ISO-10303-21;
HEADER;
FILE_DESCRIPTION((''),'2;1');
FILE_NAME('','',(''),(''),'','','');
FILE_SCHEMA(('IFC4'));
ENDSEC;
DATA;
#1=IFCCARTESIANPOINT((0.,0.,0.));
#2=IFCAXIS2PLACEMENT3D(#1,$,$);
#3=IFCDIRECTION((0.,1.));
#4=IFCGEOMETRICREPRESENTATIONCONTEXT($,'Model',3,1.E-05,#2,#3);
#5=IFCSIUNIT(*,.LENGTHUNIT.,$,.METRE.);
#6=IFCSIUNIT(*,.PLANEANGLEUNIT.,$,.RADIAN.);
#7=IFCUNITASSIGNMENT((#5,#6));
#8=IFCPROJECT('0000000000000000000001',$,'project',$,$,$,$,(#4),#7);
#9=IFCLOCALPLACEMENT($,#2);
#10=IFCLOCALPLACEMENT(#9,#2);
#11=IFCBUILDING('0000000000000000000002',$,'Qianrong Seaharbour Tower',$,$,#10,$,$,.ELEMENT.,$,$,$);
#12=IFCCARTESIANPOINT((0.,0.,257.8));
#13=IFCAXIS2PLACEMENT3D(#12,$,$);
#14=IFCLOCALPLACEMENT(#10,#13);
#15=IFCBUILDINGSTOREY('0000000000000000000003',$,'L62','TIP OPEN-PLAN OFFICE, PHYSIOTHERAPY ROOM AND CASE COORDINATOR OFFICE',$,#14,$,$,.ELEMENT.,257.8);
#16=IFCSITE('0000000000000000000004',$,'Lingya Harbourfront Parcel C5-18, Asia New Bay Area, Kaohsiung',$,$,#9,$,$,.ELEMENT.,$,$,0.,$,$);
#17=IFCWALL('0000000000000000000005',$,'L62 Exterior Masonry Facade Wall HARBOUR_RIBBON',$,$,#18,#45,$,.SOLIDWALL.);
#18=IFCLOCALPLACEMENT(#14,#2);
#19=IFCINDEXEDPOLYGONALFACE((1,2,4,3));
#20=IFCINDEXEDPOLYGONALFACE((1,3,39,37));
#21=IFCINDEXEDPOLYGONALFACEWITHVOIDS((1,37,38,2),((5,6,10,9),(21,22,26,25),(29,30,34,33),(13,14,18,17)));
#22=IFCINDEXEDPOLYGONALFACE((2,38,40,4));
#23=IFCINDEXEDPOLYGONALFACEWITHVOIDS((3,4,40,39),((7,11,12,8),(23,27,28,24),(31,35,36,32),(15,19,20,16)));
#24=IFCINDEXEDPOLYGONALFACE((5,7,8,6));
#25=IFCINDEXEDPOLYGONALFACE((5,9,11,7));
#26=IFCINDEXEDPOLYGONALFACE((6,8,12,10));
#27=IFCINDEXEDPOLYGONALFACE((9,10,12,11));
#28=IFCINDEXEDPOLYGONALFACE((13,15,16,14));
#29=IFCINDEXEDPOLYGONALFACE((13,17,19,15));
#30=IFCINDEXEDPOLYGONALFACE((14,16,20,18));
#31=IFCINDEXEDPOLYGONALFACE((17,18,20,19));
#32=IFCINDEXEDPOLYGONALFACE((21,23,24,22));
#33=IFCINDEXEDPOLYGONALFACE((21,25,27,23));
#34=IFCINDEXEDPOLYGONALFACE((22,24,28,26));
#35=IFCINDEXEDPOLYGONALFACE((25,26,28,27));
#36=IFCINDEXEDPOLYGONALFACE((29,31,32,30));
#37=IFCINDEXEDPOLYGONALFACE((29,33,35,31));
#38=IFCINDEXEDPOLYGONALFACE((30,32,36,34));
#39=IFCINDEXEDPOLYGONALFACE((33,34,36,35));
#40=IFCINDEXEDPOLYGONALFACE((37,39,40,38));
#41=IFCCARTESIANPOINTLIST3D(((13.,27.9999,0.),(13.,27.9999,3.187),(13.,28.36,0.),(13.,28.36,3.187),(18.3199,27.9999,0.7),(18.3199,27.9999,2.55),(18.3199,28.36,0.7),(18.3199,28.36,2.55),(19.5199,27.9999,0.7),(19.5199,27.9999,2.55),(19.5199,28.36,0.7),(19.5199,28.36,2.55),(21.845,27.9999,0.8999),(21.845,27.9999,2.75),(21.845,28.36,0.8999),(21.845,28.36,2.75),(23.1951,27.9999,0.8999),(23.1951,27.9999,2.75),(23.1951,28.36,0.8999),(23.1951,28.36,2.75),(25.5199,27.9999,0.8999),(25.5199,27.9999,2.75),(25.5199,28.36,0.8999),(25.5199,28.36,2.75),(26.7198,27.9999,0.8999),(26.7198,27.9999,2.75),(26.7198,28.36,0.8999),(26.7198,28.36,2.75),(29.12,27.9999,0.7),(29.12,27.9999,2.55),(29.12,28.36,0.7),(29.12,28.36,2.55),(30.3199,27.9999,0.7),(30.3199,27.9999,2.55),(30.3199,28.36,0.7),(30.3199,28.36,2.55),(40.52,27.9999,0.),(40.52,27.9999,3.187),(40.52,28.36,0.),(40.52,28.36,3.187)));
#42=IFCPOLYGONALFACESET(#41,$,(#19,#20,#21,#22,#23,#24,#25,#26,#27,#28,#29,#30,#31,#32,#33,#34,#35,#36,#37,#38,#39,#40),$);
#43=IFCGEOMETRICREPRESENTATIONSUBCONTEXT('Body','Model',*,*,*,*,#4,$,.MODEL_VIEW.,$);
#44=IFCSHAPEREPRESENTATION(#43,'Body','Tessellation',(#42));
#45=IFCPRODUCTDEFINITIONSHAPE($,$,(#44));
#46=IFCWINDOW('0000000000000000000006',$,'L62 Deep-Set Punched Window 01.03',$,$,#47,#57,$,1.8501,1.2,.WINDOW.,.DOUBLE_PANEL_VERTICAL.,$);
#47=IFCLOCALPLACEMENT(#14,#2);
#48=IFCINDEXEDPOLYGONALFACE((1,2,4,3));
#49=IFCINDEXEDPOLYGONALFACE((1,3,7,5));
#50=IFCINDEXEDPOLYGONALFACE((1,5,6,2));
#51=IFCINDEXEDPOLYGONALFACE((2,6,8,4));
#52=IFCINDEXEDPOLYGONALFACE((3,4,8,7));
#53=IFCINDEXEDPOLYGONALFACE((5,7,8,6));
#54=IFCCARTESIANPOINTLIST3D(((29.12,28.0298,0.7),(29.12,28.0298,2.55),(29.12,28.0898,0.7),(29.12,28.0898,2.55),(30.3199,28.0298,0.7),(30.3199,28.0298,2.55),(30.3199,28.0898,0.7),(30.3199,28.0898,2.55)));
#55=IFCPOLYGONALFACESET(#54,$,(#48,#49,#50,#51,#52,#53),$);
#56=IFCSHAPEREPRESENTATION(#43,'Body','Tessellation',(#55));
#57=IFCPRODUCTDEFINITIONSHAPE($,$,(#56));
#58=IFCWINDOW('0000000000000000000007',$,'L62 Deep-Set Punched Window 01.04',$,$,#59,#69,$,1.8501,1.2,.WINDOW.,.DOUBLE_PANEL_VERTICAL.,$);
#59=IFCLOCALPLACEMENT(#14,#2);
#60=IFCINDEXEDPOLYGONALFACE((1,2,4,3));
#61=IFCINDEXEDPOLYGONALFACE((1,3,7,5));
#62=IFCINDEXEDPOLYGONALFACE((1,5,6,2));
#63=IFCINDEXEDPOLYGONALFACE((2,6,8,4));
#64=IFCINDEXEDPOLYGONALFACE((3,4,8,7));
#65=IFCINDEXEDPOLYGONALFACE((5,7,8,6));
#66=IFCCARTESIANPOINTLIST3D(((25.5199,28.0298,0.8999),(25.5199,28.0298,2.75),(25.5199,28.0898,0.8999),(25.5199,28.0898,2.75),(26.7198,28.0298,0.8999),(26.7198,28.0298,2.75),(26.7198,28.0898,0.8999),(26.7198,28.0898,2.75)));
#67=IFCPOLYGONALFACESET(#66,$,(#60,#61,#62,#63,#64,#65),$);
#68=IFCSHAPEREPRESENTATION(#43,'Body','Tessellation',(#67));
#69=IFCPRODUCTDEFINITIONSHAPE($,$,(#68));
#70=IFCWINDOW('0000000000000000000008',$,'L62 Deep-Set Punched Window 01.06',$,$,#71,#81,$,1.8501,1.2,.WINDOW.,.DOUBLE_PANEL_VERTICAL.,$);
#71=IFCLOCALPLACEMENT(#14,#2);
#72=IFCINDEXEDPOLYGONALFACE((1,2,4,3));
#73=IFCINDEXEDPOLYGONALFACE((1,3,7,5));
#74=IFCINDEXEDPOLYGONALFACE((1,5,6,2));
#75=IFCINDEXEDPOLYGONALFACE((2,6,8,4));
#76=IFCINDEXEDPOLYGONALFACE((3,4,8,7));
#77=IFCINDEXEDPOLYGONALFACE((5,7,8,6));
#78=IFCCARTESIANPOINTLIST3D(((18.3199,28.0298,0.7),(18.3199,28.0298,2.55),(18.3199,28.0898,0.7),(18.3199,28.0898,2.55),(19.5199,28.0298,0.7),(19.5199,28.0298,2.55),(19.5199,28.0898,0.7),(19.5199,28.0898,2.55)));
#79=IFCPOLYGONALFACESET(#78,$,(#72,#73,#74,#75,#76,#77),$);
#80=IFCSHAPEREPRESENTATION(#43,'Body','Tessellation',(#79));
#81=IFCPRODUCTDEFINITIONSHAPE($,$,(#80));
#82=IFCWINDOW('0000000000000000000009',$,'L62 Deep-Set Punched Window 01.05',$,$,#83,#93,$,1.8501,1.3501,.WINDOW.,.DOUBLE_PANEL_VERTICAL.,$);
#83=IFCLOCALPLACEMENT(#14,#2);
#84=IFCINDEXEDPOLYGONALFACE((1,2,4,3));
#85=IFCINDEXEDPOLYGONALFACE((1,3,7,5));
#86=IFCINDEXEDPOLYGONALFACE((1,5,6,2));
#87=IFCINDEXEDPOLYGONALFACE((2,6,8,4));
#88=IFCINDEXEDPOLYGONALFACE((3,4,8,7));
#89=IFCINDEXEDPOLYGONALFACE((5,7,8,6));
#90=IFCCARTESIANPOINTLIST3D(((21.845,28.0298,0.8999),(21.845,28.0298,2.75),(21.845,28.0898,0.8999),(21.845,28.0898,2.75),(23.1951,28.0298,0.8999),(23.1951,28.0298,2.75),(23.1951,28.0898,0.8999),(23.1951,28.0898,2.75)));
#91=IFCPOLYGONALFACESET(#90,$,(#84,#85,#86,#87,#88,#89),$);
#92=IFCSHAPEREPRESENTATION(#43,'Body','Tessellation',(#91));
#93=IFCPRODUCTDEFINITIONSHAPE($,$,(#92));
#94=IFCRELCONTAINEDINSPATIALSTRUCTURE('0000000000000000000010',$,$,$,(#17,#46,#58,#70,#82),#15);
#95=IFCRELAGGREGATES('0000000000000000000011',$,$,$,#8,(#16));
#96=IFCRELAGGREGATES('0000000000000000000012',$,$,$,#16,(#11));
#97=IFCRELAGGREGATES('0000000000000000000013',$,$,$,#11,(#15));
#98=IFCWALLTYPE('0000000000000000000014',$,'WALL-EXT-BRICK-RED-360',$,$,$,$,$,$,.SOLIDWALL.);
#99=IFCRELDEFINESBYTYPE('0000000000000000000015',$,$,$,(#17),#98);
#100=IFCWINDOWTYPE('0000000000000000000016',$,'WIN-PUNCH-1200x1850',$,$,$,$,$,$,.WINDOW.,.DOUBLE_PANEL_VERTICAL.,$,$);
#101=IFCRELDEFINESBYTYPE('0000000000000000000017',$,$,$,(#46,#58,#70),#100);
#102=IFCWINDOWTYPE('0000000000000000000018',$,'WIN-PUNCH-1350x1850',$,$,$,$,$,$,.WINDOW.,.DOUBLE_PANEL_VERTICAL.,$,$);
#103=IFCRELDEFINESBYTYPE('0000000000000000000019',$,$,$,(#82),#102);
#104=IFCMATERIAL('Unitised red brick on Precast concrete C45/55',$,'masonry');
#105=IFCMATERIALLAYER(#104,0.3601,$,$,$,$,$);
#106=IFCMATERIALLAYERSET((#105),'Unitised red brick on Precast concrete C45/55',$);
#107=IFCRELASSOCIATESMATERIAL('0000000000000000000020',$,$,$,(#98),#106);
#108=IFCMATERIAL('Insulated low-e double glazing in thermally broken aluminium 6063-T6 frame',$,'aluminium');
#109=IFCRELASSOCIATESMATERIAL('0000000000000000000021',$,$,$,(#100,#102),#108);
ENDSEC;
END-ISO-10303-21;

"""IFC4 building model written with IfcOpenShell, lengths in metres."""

from ifc_helpers import new_model, si_unit, direction, frame, frame_2d, origin, place, context, subcontext, project, spatial, rectangle, extrude, material, layer, layer_set, type_object, element, fill, save


model = new_model("IFC4")

# Units and contexts
model_context = context("Model", 3, precision=1e-05, world=origin(), true_north=direction((0.0, 1.0)))
body_context = subcontext(model_context, "Body", "Model", "MODEL_VIEW")
ifc_project = project(units=[si_unit("LENGTHUNIT", "METRE"), si_unit("PLANEANGLEUNIT", "RADIAN")], contexts=[model_context])

# Site, building, storey
site_placement = place(None, origin())
site = spatial("IfcSite", under=ifc_project, at=site_placement, Name="Lingya Harbourfront Parcel C5-18, Asia New Bay Area, Kaohsiung", CompositionType="ELEMENT", RefElevation=0.0)
building_placement = place(site_placement, origin())
building = spatial("IfcBuilding", under=site, at=building_placement, Name="Qianrong Seaharbour Tower", CompositionType="ELEMENT")
storey_placement = place(building_placement, frame((0.0, 0.0, 257.8)))
storey = spatial("IfcBuildingStorey", under=building, at=storey_placement, Name="L62", Description="TIP OPEN-PLAN OFFICE, PHYSIOTHERAPY ROOM AND CASE COORDINATOR OFFICE", CompositionType="ELEMENT", Elevation=257.8)

# Wall, openings, windows
ifc_material_1 = material(Name="Unitised red brick on Precast concrete C45/55", Category="masonry")
ifc_layer_1 = layer(ifc_material_1, 0.3601)
ifc_layer_set_1 = layer_set([ifc_layer_1], Name="Unitised red brick on Precast concrete C45/55")
wall_type_1 = type_object("IfcWallType", Name="WALL-EXT-BRICK-RED-360", PredefinedType="SOLIDWALL", material=ifc_layer_set_1)
ifc_material_2 = material(Name="Insulated low-e double glazing in thermally broken aluminium 6063-T6 frame", Category="aluminium")
window_type_1 = type_object("IfcWindowType", Name="WIN-PUNCH-1200x1850", PartitioningType="DOUBLE_PANEL_VERTICAL", PredefinedType="WINDOW", material=ifc_material_2)
wall_1_placement = place(storey_placement, frame((40.52, 28.1799, 0.0), z_axis=(0.0, 0.0, 1.0), x_axis=(-1.0, 0.0, 0.0)))
wall_1 = element("IfcWall", 1, at=wall_1_placement, inside=storey, type_object=wall_type_1, Name="L62 Exterior Masonry Facade Wall HARBOUR_RIBBON", PredefinedType="SOLIDWALL", context=body_context, shape_type="SweptSolid", body=[
    extrude(rectangle(XDim=27.52, YDim=0.3601, at=frame_2d((13.76, 0.0))), origin(), (0.0, 0.0, 1.0), 3.187),
])
opening_1_placement = place(wall_1_placement, frame((10.2, 0.0, 0.7)))
opening_1 = element("IfcOpeningElement", 2, at=opening_1_placement, cuts=wall_1, PredefinedType="OPENING", context=body_context, shape_type="SweptSolid", body=[
    extrude(rectangle(XDim=1.2, YDim=1.8501, at=frame_2d((0.6001, 0.925))), frame((0.0, 0.1899, 0.0), z_axis=(0.0, -1.0, 0.0), x_axis=(1.0, 0.0, 0.0)), (0.0, 0.0, 1.0), 0.3801),
])
opening_2_placement = place(wall_1_placement, frame((13.8, 0.0, 0.8999)))
opening_2 = element("IfcOpeningElement", 3, at=opening_2_placement, cuts=wall_1, PredefinedType="OPENING", context=body_context, shape_type="SweptSolid", body=[
    extrude(rectangle(XDim=1.2, YDim=1.8501, at=frame_2d((0.6001, 0.925))), frame((0.0, 0.1899, 0.0), z_axis=(0.0, -1.0, 0.0), x_axis=(1.0, 0.0, 0.0)), (0.0, 0.0, 1.0), 0.3801),
])
opening_3_placement = place(wall_1_placement, frame((17.325, 0.0, 0.8999)))
opening_3 = element("IfcOpeningElement", 4, at=opening_3_placement, cuts=wall_1, PredefinedType="OPENING", context=body_context, shape_type="SweptSolid", body=[
    extrude(rectangle(XDim=1.3501, YDim=1.8501, at=frame_2d((0.675, 0.925))), frame((0.0, 0.1899, 0.0), z_axis=(0.0, -1.0, 0.0), x_axis=(1.0, 0.0, 0.0)), (0.0, 0.0, 1.0), 0.3801),
])
opening_4_placement = place(wall_1_placement, frame((21.0, 0.0, 0.7)))
opening_4 = element("IfcOpeningElement", 5, at=opening_4_placement, cuts=wall_1, PredefinedType="OPENING", context=body_context, shape_type="SweptSolid", body=[
    extrude(rectangle(XDim=1.2, YDim=1.8501, at=frame_2d((0.6001, 0.925))), frame((0.0, 0.1899, 0.0), z_axis=(0.0, -1.0, 0.0), x_axis=(1.0, 0.0, 0.0)), (0.0, 0.0, 1.0), 0.3801),
])
window_1_placement = place(opening_1_placement, origin())
window_1 = element("IfcWindow", 6, at=window_1_placement, inside=storey, type_object=window_type_1, Name="L62 Deep-Set Punched Window 01.03", OverallHeight=1.8501, OverallWidth=1.2, PartitioningType="DOUBLE_PANEL_VERTICAL", PredefinedType="WINDOW", context=body_context, shape_type="SweptSolid", body=[
    extrude(rectangle(XDim=1.2, YDim=1.8501, at=frame_2d((0.6001, 0.925))), frame((0.0, 0.1501, 0.0), z_axis=(0.0, -1.0, 0.0), x_axis=(1.0, 0.0, 0.0)), (0.0, 0.0, 1.0), 0.0601),
])
fill(opening_1, window_1)
window_2_placement = place(opening_2_placement, origin())
window_2 = element("IfcWindow", 7, at=window_2_placement, inside=storey, type_object=window_type_1, Name="L62 Deep-Set Punched Window 01.04", OverallHeight=1.8501, OverallWidth=1.2, PartitioningType="DOUBLE_PANEL_VERTICAL", PredefinedType="WINDOW", context=body_context, shape_type="SweptSolid", body=[
    extrude(rectangle(XDim=1.2, YDim=1.8501, at=frame_2d((0.6001, 0.925))), frame((0.0, 0.1501, 0.0), z_axis=(0.0, -1.0, 0.0), x_axis=(1.0, 0.0, 0.0)), (0.0, 0.0, 1.0), 0.0601),
])
fill(opening_2, window_2)
window_3_placement = place(opening_4_placement, origin())
window_3 = element("IfcWindow", 8, at=window_3_placement, inside=storey, type_object=window_type_1, Name="L62 Deep-Set Punched Window 01.06", OverallHeight=1.8501, OverallWidth=1.2, PartitioningType="DOUBLE_PANEL_VERTICAL", PredefinedType="WINDOW", context=body_context, shape_type="SweptSolid", body=[
    extrude(rectangle(XDim=1.2, YDim=1.8501, at=frame_2d((0.6001, 0.925))), frame((0.0, 0.1501, 0.0), z_axis=(0.0, -1.0, 0.0), x_axis=(1.0, 0.0, 0.0)), (0.0, 0.0, 1.0), 0.0601),
])
fill(opening_4, window_3)
window_type_2 = type_object("IfcWindowType", Name="WIN-PUNCH-1350x1850", PartitioningType="DOUBLE_PANEL_VERTICAL", PredefinedType="WINDOW", material=ifc_material_2)
window_4_placement = place(opening_3_placement, origin())
window_4 = element("IfcWindow", 9, at=window_4_placement, inside=storey, type_object=window_type_2, Name="L62 Deep-Set Punched Window 01.05", OverallHeight=1.8501, OverallWidth=1.3501, PartitioningType="DOUBLE_PANEL_VERTICAL", PredefinedType="WINDOW", context=body_context, shape_type="SweptSolid", body=[
    extrude(rectangle(XDim=1.3501, YDim=1.8501, at=frame_2d((0.675, 0.925))), frame((0.0, 0.1501, 0.0), z_axis=(0.0, -1.0, 0.0), x_axis=(1.0, 0.0, 0.0)), (0.0, 0.0, 1.0), 0.0601),
])
fill(opening_3, window_4)

save(model, "model.ifc")
